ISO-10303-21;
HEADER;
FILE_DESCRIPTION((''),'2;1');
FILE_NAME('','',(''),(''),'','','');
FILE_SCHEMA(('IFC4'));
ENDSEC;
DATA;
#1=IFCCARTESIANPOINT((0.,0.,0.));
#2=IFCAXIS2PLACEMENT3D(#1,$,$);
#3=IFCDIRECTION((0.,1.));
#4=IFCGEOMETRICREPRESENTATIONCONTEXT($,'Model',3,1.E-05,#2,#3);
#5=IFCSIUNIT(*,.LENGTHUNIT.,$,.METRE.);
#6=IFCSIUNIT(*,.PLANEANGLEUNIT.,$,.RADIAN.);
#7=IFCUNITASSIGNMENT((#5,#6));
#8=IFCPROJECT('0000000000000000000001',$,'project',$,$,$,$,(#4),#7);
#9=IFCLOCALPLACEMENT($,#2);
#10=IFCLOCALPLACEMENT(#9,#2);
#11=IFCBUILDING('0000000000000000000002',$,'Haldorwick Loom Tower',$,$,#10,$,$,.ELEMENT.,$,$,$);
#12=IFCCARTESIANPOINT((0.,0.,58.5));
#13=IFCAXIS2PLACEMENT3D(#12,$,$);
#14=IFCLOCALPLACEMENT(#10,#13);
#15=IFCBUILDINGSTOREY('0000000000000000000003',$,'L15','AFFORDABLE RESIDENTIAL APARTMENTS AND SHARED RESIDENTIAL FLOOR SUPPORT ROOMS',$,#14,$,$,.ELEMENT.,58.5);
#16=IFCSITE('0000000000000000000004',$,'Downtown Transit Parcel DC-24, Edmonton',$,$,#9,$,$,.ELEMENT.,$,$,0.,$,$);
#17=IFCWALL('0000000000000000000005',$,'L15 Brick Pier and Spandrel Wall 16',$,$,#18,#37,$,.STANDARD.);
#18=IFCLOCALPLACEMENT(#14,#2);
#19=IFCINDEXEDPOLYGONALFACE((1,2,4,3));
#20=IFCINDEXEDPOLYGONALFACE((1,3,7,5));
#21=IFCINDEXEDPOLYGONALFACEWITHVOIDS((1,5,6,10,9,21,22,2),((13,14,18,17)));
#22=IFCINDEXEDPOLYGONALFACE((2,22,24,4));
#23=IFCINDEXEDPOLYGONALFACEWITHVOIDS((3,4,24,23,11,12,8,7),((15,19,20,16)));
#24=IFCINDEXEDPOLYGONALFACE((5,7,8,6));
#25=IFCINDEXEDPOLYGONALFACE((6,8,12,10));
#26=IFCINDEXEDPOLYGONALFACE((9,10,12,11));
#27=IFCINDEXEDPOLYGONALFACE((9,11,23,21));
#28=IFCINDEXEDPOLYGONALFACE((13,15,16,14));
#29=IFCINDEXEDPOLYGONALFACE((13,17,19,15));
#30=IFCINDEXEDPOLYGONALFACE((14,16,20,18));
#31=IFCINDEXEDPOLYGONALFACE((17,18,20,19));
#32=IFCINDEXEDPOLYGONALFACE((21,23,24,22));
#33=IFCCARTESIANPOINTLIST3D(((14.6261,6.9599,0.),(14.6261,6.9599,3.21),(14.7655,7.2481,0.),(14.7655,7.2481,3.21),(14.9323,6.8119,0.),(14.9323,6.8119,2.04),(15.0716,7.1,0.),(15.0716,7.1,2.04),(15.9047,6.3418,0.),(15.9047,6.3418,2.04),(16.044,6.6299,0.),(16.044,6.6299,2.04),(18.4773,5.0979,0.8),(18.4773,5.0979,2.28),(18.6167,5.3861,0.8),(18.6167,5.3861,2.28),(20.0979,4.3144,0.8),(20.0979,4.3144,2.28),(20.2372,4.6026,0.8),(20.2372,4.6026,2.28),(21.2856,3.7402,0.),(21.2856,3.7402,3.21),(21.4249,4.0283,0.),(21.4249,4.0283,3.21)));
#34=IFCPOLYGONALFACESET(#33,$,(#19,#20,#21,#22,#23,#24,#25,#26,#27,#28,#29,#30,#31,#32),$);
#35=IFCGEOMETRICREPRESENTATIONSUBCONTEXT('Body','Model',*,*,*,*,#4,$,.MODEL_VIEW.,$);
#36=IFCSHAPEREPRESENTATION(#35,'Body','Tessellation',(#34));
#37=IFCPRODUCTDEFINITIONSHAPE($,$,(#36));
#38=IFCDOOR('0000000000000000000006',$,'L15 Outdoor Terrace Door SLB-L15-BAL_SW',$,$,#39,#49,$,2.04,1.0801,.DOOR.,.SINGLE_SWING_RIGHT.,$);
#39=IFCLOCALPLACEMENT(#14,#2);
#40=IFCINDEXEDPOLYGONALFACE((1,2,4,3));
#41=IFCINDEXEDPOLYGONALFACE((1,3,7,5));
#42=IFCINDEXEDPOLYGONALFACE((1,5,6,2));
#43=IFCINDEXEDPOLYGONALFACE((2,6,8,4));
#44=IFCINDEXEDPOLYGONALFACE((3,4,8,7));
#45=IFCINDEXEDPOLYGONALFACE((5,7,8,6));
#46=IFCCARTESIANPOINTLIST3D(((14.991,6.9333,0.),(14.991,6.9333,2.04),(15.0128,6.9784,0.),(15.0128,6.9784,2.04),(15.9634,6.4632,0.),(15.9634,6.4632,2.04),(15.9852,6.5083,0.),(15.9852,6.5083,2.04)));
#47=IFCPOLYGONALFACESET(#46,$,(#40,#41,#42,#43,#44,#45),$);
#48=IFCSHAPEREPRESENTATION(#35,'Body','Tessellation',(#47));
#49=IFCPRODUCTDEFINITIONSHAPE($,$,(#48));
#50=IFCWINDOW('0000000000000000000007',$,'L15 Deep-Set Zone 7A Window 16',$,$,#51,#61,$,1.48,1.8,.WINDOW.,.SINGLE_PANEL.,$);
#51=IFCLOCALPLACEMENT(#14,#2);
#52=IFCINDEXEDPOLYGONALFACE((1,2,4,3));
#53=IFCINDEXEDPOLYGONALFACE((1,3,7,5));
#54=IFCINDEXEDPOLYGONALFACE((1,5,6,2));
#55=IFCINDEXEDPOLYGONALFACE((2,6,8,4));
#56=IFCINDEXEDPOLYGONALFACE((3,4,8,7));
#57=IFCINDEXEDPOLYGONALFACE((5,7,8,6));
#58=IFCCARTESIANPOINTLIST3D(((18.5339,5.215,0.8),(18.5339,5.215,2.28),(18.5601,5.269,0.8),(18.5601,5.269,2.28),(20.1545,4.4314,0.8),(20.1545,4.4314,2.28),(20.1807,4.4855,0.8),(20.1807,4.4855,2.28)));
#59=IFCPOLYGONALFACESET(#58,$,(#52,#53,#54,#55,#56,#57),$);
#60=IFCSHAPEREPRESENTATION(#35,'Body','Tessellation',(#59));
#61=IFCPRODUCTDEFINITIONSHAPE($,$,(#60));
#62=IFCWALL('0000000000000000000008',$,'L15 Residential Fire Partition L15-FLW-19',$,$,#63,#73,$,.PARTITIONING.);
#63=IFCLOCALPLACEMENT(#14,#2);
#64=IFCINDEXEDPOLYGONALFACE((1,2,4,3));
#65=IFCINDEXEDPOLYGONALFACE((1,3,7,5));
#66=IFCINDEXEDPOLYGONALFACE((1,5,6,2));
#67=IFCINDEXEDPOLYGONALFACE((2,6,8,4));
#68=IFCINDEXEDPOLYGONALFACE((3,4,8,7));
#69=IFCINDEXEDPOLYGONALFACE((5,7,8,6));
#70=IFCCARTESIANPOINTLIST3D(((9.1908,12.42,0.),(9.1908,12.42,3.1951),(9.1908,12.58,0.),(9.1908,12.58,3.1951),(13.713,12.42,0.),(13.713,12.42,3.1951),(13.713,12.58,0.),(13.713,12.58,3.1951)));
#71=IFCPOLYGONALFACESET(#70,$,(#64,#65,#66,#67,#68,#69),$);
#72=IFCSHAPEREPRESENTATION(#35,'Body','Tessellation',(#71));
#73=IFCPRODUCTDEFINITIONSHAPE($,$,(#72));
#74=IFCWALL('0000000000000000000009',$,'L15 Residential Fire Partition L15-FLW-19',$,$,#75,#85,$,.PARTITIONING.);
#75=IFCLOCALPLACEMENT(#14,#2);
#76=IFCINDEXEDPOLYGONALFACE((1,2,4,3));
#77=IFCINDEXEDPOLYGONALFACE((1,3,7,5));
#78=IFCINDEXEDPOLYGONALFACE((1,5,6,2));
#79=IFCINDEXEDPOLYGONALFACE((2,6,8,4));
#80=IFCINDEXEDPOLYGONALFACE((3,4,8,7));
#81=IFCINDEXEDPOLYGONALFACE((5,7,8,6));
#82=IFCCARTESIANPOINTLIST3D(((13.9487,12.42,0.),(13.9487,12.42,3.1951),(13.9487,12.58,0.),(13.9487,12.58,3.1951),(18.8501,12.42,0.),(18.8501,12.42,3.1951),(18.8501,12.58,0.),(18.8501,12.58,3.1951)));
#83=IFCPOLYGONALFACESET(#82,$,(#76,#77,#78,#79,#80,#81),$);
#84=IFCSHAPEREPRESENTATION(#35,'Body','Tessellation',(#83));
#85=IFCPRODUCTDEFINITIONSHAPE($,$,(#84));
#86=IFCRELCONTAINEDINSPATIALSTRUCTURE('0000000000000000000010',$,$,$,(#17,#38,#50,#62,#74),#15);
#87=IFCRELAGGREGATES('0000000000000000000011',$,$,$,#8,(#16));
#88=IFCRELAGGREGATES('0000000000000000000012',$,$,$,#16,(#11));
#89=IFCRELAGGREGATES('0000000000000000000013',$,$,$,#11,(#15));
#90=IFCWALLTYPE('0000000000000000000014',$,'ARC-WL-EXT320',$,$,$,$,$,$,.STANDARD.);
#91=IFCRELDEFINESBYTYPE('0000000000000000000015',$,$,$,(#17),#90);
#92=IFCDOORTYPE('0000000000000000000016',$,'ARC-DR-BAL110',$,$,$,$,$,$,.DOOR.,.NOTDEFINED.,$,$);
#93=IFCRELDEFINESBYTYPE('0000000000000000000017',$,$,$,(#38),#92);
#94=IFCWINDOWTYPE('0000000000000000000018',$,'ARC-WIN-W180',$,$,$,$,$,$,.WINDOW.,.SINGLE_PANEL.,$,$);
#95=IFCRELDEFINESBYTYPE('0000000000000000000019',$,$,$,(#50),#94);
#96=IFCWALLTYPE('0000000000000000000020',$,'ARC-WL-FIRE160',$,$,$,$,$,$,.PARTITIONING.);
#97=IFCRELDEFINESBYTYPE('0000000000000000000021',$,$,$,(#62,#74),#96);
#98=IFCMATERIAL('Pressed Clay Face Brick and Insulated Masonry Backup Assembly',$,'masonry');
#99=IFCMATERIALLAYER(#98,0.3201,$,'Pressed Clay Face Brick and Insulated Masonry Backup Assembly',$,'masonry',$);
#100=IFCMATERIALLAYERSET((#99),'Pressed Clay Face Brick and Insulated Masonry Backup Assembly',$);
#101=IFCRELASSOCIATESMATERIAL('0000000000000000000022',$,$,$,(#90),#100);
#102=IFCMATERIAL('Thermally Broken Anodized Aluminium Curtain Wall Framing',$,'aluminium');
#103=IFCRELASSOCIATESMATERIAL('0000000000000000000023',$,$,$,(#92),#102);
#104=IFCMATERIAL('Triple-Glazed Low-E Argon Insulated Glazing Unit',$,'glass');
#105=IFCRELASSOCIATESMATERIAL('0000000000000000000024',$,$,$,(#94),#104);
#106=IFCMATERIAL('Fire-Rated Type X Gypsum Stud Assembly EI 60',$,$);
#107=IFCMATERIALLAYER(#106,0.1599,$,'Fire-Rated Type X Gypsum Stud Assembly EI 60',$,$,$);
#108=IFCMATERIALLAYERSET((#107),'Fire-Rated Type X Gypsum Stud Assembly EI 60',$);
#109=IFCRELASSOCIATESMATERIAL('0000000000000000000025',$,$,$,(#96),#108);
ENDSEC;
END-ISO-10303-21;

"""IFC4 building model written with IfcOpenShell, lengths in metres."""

from ifc_helpers import new_model, si_unit, direction, frame, frame_2d, origin, place, context, subcontext, project, spatial, rectangle, extrude, material, layer, layer_set, type_object, element, fill, save


model = new_model("IFC4")

# Units and contexts
model_context = context("Model", 3, precision=1e-05, world=origin(), true_north=direction((0.0, 1.0)))
body_context = subcontext(model_context, "Body", "Model", "MODEL_VIEW")
ifc_project = project(units=[si_unit("LENGTHUNIT", "METRE"), si_unit("PLANEANGLEUNIT", "RADIAN")], contexts=[model_context])

# Site, building, storey
site_placement = place(None, origin())
site = spatial("IfcSite", under=ifc_project, at=site_placement, Name="Downtown Transit Parcel DC-24, Edmonton", CompositionType="ELEMENT", RefElevation=0.0)
building_placement = place(site_placement, origin())
building = spatial("IfcBuilding", under=site, at=building_placement, Name="Haldorwick Loom Tower", CompositionType="ELEMENT")
storey_placement = place(building_placement, frame((0.0, 0.0, 58.5)))
storey = spatial("IfcBuildingStorey", under=building, at=storey_placement, Name="L15", Description="AFFORDABLE RESIDENTIAL APARTMENTS AND SHARED RESIDENTIAL FLOOR SUPPORT ROOMS", CompositionType="ELEMENT", Elevation=58.5)

# Shared definitions
ifc_material_1 = material(Name="Pressed Clay Face Brick and Insulated Masonry Backup Assembly", Category="masonry")
ifc_layer_1 = layer(ifc_material_1, 0.3201, Name="Pressed Clay Face Brick and Insulated Masonry Backup Assembly", Category="masonry")
ifc_layer_set_1 = layer_set([ifc_layer_1], Name="Pressed Clay Face Brick and Insulated Masonry Backup Assembly")
wall_type_1 = type_object("IfcWallType", Name="ARC-WL-EXT320", PredefinedType="STANDARD", material=ifc_layer_set_1)

# Wall, openings, door, window
wall_1_placement = place(storey_placement, frame((14.6958, 7.104, 0.0), z_axis=(0.0, 0.0, 1.0), x_axis=(0.900296, -0.435279, 0.0)))
wall_1 = element("IfcWall", 1, at=wall_1_placement, inside=storey, type_object=wall_type_1, Name="L15 Brick Pier and Spandrel Wall 16", PredefinedType="STANDARD", context=body_context, shape_type="SweptSolid", body=[
    extrude(rectangle(XDim=7.397, YDim=0.3201, at=frame_2d((3.6985, 0.0))), origin(), (0.0, 0.0, 1.0), 3.21),
])
opening_1_placement = place(wall_1_placement, frame((0.3401, 0.0, 0.0)))
opening_1 = element("IfcOpeningElement", 2, at=opening_1_placement, cuts=wall_1, PredefinedType="OPENING", context=body_context, shape_type="SweptSolid", body=[
    extrude(rectangle(XDim=1.0801, YDim=2.04, at=frame_2d((0.54, 1.02))), frame((0.0, 0.1699, 0.0), z_axis=(0.0, -1.0, 0.0), x_axis=(1.0, 0.0, 0.0)), (0.0, 0.0, 1.0), 0.3401),
])
opening_2_placement = place(wall_1_placement, frame((4.2778, 0.0, 0.8)))
opening_2 = element("IfcOpeningElement", 3, at=opening_2_placement, cuts=wall_1, PredefinedType="OPENING", context=body_context, shape_type="SweptSolid", body=[
    extrude(rectangle(XDim=1.8, YDim=1.48, at=frame_2d((0.8999, 0.74))), frame((0.0, 0.1699, 0.0), z_axis=(0.0, -1.0, 0.0), x_axis=(1.0, 0.0, 0.0)), (0.0, 0.0, 1.0), 0.3401),
])
ifc_material_2 = material(Name="Thermally Broken Anodized Aluminium Curtain Wall Framing", Category="aluminium")
door_type = type_object("IfcDoorType", Name="ARC-DR-BAL110", OperationType="NOTDEFINED", PredefinedType="DOOR", material=ifc_material_2)
door_placement = place(opening_1_placement, origin())
door = element("IfcDoor", 4, at=door_placement, inside=storey, type_object=door_type, Name="L15 Outdoor Terrace Door SLB-L15-BAL_SW", OperationType="SINGLE_SWING_RIGHT", OverallHeight=2.04, OverallWidth=1.0801, PredefinedType="DOOR", context=body_context, shape_type="SweptSolid", body=[
    extrude(rectangle(XDim=1.0801, YDim=2.04, at=frame_2d((0.54, 1.02))), frame((0.0, 0.0249, 0.0), z_axis=(0.0, -1.0, 0.0), x_axis=(1.0, 0.0, 0.0)), (0.0, 0.0, 1.0), 0.05),
])
fill(opening_1, door)
ifc_material_3 = material(Name="Triple-Glazed Low-E Argon Insulated Glazing Unit", Category="glass")
window_type = type_object("IfcWindowType", Name="ARC-WIN-W180", PartitioningType="SINGLE_PANEL", PredefinedType="WINDOW", material=ifc_material_3)
window_placement = place(opening_2_placement, origin())
window = element("IfcWindow", 5, at=window_placement, inside=storey, type_object=window_type, Name="L15 Deep-Set Zone 7A Window 16", OverallHeight=1.48, OverallWidth=1.8, PartitioningType="SINGLE_PANEL", PredefinedType="WINDOW", context=body_context, shape_type="SweptSolid", body=[
    extrude(rectangle(XDim=1.8, YDim=1.48, at=frame_2d((0.8999, 0.74))), frame((0.0, 0.03, 0.0), z_axis=(0.0, -1.0, 0.0), x_axis=(1.0, 0.0, 0.0)), (0.0, 0.0, 1.0), 0.0601),
])
fill(opening_2, window)

# Walls
ifc_material_4 = material(Name="Fire-Rated Type X Gypsum Stud Assembly EI 60")
ifc_layer_2 = layer(ifc_material_4, 0.1599, Name="Fire-Rated Type X Gypsum Stud Assembly EI 60")
ifc_layer_set_2 = layer_set([ifc_layer_2], Name="Fire-Rated Type X Gypsum Stud Assembly EI 60")
wall_type_2 = type_object("IfcWallType", Name="ARC-WL-FIRE160", PredefinedType="PARTITIONING", material=ifc_layer_set_2)
wall_2_placement = place(storey_placement, frame((9.1907, 12.5, 0.0), z_axis=(0.0, 0.0, 1.0), x_axis=(1.0, 0.0, 0.0)))
element("IfcWall", 6, at=wall_2_placement, inside=storey, type_object=wall_type_2, Name="L15 Residential Fire Partition L15-FLW-19", PredefinedType="PARTITIONING", context=body_context, shape_type="SweptSolid", body=[
    extrude(rectangle(XDim=4.5222, YDim=0.1599, at=frame_2d((2.2612, 0.0))), origin(), (0.0, 0.0, 1.0), 3.1951),
])
wall_3_placement = place(storey_placement, frame((13.9487, 12.5, 0.0), z_axis=(0.0, 0.0, 1.0), x_axis=(1.0, 0.0, 0.0)))
element("IfcWall", 7, at=wall_3_placement, inside=storey, type_object=wall_type_2, Name="L15 Residential Fire Partition L15-FLW-19", PredefinedType="PARTITIONING", context=body_context, shape_type="SweptSolid", body=[
    extrude(rectangle(XDim=4.9014, YDim=0.1599, at=frame_2d((2.4507, 0.0))), origin(), (0.0, 0.0, 1.0), 3.1951),
])

save(model, "model.ifc")
